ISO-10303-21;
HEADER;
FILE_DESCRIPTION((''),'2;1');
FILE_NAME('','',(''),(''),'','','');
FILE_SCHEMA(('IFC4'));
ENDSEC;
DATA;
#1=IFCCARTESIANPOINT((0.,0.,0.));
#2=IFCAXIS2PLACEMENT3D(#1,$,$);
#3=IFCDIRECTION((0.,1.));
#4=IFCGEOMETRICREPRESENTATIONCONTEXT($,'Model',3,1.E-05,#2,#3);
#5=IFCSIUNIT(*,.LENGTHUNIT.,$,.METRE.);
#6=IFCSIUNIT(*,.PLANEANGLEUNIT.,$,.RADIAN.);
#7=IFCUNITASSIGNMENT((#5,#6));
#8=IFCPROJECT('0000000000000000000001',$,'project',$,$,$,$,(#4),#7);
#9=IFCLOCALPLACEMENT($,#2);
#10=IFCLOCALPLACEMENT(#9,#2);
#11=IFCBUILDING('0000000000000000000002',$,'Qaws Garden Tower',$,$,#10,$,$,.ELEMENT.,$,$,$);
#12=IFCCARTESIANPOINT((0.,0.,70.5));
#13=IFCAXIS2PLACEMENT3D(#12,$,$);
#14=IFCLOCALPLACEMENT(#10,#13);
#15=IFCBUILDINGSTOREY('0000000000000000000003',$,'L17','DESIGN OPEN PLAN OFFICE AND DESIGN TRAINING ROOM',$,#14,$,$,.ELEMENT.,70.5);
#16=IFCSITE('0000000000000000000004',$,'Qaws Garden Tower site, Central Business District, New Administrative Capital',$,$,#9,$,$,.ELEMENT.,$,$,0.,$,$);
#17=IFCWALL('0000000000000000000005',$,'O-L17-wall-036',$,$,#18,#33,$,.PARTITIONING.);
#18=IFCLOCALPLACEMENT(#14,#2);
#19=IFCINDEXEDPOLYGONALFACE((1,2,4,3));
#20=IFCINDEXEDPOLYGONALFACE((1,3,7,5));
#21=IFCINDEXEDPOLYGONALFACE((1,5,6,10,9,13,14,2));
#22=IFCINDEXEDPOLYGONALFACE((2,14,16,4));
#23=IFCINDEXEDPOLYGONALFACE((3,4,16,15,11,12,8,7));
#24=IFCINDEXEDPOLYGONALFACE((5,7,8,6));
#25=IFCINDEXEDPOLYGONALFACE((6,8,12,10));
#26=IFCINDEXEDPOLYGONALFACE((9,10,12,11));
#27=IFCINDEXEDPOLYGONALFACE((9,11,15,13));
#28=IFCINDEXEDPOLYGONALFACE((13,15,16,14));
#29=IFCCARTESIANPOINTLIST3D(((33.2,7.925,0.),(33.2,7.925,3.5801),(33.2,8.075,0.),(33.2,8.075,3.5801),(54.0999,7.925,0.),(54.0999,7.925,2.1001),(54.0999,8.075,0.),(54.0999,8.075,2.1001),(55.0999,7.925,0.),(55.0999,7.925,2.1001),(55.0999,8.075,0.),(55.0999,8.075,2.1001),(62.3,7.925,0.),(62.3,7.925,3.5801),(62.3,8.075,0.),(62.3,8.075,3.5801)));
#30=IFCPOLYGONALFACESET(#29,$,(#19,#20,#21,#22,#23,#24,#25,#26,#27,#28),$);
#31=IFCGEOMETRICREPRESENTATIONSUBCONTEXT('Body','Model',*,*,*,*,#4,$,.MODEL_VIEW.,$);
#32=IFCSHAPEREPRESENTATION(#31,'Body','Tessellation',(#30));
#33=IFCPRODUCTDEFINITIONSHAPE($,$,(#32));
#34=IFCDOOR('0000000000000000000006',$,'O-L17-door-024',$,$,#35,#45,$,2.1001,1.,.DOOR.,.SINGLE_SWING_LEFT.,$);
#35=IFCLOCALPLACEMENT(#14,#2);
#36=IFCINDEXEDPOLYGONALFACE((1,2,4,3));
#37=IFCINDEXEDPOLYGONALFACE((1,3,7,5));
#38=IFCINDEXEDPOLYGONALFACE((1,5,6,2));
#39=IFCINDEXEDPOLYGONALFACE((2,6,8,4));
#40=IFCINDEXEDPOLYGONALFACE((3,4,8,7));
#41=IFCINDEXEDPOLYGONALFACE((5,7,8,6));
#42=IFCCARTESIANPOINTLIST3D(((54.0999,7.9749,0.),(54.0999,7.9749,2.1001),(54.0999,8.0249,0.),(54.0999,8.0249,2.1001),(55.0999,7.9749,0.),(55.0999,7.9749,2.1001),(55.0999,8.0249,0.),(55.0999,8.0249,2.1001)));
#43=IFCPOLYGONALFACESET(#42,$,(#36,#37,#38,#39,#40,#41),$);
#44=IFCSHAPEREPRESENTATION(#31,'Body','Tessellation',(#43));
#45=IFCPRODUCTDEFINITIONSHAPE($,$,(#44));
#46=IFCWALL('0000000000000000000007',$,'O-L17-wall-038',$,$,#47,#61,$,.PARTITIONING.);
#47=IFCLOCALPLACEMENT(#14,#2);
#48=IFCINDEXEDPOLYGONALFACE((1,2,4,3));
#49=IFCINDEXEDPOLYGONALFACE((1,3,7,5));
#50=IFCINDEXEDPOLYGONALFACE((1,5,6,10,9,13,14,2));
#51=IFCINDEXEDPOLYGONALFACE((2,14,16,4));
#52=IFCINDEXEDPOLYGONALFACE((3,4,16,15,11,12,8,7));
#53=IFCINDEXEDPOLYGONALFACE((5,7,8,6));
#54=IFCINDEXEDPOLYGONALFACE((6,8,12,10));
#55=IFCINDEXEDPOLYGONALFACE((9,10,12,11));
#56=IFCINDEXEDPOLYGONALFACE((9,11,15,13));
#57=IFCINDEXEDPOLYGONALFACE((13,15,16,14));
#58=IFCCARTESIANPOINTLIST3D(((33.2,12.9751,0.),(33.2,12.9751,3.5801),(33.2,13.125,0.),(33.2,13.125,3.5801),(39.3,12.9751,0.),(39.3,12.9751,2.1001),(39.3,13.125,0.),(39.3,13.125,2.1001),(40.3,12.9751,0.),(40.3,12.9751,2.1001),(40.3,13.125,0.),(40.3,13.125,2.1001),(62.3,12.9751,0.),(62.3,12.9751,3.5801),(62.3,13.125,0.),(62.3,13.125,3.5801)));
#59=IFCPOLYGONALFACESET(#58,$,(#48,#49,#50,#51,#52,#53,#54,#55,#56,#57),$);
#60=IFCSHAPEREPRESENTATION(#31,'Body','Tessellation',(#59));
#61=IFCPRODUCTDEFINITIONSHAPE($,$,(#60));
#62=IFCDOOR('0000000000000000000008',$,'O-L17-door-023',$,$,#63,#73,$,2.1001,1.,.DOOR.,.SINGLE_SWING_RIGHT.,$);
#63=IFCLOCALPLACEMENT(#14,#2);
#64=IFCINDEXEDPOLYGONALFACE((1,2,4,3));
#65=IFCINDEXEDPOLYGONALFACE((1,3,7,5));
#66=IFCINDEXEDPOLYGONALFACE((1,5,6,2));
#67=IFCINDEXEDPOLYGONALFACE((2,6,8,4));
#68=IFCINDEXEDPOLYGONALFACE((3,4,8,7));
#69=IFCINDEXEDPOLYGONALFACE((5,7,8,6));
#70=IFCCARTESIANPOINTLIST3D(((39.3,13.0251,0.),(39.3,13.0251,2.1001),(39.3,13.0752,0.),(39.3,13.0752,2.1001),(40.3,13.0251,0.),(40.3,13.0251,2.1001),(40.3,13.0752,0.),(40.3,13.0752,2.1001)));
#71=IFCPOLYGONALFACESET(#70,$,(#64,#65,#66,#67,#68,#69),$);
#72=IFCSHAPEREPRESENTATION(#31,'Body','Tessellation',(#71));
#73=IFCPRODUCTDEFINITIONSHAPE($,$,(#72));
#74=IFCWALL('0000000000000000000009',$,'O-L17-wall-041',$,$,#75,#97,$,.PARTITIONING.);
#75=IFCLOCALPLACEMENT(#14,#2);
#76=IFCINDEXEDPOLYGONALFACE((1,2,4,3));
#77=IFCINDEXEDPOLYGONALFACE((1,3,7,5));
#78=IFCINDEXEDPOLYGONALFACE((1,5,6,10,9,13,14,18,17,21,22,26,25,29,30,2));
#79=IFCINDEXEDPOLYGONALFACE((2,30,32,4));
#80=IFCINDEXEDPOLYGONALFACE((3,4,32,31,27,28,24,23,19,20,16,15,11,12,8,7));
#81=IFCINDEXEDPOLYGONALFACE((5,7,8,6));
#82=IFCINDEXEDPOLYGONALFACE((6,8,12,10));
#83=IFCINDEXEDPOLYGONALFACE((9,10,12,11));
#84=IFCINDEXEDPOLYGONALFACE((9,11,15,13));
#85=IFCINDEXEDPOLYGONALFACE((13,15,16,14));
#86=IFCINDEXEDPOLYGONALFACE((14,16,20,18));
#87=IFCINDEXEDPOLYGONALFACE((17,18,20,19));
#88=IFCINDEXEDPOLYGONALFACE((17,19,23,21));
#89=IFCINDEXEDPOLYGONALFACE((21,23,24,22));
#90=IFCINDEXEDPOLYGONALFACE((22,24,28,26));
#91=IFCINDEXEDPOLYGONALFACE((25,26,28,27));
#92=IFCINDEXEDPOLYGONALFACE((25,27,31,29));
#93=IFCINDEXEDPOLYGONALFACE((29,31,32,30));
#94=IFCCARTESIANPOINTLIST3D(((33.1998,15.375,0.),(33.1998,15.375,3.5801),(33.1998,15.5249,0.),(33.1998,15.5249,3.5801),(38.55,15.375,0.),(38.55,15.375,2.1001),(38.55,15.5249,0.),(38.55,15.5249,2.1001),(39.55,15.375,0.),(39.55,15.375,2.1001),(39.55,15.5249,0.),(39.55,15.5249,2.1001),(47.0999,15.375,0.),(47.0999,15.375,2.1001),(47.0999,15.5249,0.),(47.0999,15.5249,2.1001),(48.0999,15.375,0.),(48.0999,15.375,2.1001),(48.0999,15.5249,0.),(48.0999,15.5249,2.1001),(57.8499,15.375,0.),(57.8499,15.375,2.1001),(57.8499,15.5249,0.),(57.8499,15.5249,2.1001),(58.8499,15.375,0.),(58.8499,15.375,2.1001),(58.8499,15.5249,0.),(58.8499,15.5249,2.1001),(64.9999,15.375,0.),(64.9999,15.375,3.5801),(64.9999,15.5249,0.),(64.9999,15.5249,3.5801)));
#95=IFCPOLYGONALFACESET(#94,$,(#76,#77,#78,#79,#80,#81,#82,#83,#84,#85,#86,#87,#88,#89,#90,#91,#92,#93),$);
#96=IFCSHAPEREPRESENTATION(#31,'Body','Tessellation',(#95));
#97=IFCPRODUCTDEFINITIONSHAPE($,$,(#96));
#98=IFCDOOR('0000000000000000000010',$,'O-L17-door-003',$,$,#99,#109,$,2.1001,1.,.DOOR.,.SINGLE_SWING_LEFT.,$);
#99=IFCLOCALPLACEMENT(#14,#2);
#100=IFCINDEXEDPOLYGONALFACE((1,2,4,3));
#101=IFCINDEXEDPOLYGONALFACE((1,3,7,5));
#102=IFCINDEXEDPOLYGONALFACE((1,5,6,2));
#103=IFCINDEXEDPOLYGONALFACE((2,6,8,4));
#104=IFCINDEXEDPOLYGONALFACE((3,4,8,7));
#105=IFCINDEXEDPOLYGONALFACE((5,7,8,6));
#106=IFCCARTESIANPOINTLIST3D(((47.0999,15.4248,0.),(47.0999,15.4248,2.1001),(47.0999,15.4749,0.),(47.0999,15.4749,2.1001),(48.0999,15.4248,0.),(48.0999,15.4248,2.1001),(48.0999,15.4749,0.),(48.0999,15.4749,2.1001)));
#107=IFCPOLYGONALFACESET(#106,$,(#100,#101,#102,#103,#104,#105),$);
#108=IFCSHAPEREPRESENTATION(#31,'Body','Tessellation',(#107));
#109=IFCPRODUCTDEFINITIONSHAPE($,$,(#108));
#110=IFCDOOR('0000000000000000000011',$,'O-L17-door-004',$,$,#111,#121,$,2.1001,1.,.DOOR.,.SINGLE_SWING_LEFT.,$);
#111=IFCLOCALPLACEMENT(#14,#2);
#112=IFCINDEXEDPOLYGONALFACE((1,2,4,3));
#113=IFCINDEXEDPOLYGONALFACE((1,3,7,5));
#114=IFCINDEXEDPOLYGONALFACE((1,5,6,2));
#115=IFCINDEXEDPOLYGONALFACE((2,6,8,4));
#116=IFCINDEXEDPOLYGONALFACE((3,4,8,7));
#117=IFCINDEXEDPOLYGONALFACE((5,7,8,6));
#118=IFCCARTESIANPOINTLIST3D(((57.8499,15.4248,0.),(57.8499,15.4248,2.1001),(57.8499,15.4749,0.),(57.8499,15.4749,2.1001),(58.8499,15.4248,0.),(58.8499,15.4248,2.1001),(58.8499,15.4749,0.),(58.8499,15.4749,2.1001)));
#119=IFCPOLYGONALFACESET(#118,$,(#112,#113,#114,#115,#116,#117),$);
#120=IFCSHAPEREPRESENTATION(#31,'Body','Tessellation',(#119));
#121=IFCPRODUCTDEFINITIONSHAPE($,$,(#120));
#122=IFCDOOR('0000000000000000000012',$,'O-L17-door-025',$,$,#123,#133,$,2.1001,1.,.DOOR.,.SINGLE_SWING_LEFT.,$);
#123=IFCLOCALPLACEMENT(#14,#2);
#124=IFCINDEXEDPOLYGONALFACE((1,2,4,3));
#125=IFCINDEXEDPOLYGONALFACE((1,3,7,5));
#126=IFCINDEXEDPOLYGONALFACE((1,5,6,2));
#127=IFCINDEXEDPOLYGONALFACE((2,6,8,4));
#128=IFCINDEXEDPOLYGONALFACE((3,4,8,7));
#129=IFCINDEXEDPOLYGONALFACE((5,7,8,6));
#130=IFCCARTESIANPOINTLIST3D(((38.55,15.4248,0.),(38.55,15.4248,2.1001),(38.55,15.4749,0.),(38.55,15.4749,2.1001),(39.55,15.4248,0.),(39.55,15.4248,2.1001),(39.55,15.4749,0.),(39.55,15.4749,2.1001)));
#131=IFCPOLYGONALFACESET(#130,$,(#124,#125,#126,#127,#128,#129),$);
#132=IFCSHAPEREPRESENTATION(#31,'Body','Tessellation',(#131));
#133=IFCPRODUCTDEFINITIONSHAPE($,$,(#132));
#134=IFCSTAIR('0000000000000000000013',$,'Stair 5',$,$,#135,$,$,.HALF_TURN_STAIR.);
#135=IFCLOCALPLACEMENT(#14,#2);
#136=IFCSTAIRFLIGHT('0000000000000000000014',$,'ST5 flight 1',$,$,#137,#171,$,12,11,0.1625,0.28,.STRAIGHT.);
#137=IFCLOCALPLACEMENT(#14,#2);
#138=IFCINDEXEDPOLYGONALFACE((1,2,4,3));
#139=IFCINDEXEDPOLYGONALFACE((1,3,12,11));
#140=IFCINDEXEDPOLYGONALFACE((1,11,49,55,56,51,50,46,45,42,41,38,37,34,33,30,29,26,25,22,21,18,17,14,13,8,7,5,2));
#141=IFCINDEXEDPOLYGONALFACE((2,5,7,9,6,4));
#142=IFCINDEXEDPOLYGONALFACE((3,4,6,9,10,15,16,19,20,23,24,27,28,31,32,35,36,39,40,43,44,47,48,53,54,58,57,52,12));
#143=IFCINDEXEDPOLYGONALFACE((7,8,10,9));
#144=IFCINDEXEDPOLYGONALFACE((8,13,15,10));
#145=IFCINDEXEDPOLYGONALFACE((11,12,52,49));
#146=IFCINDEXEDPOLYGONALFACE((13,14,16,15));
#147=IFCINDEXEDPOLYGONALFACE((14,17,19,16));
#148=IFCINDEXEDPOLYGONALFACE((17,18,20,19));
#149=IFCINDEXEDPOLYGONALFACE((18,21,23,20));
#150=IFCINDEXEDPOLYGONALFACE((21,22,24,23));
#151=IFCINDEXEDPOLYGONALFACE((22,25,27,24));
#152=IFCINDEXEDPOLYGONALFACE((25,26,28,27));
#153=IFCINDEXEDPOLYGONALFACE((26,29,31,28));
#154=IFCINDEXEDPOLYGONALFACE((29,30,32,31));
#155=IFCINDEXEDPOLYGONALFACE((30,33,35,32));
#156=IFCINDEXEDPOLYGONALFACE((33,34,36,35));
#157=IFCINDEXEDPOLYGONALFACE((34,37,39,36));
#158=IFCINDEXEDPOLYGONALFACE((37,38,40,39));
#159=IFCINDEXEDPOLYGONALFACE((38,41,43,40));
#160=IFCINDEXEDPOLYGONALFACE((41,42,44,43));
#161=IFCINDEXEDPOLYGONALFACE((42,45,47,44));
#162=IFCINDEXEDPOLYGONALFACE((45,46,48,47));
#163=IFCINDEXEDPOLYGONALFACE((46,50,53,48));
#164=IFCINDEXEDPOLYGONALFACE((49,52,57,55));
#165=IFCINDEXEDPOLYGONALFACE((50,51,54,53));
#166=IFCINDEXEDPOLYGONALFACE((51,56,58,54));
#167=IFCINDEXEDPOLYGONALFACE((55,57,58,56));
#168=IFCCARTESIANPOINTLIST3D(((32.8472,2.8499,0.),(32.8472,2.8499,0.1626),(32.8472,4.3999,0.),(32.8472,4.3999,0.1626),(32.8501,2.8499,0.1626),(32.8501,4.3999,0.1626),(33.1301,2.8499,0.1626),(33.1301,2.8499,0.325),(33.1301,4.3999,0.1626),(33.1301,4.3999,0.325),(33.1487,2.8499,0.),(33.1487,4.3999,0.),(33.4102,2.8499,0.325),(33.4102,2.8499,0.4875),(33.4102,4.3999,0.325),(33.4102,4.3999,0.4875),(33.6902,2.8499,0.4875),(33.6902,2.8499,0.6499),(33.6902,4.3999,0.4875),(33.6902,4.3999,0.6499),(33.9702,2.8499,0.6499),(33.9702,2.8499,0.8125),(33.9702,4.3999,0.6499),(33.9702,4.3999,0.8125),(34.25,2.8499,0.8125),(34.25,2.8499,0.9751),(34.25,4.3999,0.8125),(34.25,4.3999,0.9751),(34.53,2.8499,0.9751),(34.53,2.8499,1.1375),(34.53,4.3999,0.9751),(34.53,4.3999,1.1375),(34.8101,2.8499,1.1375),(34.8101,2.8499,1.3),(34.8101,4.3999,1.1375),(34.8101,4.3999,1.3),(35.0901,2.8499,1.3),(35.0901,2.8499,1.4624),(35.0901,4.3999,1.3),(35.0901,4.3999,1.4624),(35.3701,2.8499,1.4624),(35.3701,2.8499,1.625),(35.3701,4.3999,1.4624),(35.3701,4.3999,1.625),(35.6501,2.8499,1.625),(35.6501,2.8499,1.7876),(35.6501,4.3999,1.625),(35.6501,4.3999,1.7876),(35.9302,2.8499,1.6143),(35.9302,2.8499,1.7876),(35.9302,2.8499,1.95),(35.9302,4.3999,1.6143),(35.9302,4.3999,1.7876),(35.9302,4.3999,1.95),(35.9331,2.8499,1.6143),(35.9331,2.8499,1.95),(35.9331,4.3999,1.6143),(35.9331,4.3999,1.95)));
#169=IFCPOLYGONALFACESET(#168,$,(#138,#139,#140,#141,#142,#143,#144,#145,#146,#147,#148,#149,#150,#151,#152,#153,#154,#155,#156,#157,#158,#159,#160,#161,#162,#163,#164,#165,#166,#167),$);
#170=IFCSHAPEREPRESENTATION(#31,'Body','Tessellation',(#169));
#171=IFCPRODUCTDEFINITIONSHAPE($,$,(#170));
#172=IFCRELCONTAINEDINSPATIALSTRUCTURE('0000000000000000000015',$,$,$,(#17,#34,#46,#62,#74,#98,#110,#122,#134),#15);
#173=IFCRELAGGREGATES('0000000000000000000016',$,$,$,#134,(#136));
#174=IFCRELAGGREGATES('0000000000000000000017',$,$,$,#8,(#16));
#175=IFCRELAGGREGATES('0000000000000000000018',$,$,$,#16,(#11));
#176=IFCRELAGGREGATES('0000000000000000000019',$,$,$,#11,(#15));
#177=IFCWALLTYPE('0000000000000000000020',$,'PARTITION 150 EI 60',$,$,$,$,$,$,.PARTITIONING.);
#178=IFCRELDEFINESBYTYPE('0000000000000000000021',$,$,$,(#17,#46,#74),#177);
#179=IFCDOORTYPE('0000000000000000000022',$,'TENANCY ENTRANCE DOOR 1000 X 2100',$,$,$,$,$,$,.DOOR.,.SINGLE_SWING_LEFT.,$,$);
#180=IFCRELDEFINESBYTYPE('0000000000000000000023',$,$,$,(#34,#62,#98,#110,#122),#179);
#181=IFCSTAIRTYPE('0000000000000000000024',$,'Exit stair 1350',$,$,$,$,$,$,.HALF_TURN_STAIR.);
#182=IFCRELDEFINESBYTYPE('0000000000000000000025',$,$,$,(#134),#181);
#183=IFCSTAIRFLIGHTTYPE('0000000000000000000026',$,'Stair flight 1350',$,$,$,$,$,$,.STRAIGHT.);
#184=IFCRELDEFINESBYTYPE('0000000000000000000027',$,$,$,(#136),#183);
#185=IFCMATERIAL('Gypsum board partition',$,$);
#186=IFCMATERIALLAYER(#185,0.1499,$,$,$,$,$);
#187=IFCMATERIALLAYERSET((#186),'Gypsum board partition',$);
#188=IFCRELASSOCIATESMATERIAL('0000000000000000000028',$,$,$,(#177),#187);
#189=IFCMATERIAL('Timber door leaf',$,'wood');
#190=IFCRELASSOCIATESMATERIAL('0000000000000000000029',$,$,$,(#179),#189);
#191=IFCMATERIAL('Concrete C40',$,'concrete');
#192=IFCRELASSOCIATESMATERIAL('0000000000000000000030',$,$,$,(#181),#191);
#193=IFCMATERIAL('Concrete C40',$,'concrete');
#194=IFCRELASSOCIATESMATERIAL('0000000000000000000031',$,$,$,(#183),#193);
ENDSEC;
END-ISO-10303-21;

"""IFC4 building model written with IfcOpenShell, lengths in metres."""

from ifc_helpers import new_model, si_unit, direction, frame, frame_2d, origin, place, context, subcontext, project, spatial, polyline, rectangle, outline, extrude, material, layer, layer_set, type_object, element, fill, aggregate, save


model = new_model("IFC4")

# Units and contexts
model_context = context("Model", 3, precision=1e-05, world=origin(), true_north=direction((0.0, 1.0)))
body_context = subcontext(model_context, "Body", "Model", "MODEL_VIEW")
ifc_project = project(units=[si_unit("LENGTHUNIT", "METRE"), si_unit("PLANEANGLEUNIT", "RADIAN")], contexts=[model_context])

# Site, building, storey
site_placement = place(None, origin())
site = spatial("IfcSite", under=ifc_project, at=site_placement, Name="Qaws Garden Tower site, Central Business District, New Administrative Capital", CompositionType="ELEMENT", RefElevation=0.0)
building_placement = place(site_placement, origin())
building = spatial("IfcBuilding", under=site, at=building_placement, Name="Qaws Garden Tower", CompositionType="ELEMENT")
storey_placement = place(building_placement, frame((0.0, 0.0, 70.5)))
storey = spatial("IfcBuildingStorey", under=building, at=storey_placement, Name="L17", Description="DESIGN OPEN PLAN OFFICE AND DESIGN TRAINING ROOM", CompositionType="ELEMENT", Elevation=70.5)

# Shared definitions
ifc_material_1 = material(Name="Gypsum board partition")
ifc_layer_1 = layer(ifc_material_1, 0.1499)
ifc_layer_set_1 = layer_set([ifc_layer_1], Name="Gypsum board partition")
wall_type_1 = type_object("IfcWallType", Name="PARTITION 150 EI 60", PredefinedType="PARTITIONING", material=ifc_layer_set_1)

# Shared definitions
ifc_material_2 = material(Name="Timber door leaf", Category="wood")
door_type_1 = type_object("IfcDoorType", Name="TENANCY ENTRANCE DOOR 1000 X 2100", OperationType="SINGLE_SWING_LEFT", PredefinedType="DOOR", material=ifc_material_2)

# Walls, openings, doors
wall_1_placement = place(storey_placement, frame((33.2, 8.0, 0.0), z_axis=(0.0, 0.0, 1.0), x_axis=(1.0, 0.0, 0.0)))
wall_1 = element("IfcWall", 1, at=wall_1_placement, inside=storey, type_object=wall_type_1, Name="O-L17-wall-036", PredefinedType="PARTITIONING", context=body_context, shape_type="SweptSolid", body=[
    extrude(rectangle(XDim=29.1001, YDim=0.1499, at=frame_2d((14.55, 0.0))), origin(), (0.0, 0.0, 1.0), 3.5801),
])
opening_1_placement = place(wall_1_placement, frame((20.8999, 0.0, 0.0)))
opening_1 = element("IfcOpeningElement", 2, at=opening_1_placement, cuts=wall_1, PredefinedType="OPENING", context=body_context, shape_type="SweptSolid", body=[
    extrude(rectangle(XDim=1.0, YDim=2.1001, at=frame_2d((0.5, 1.05))), frame((0.0, 0.085, 0.0), z_axis=(0.0, -1.0, 0.0), x_axis=(1.0, 0.0, 0.0)), (0.0, 0.0, 1.0), 0.1699),
])
door_1_placement = place(opening_1_placement, origin())
door_1 = element("IfcDoor", 3, at=door_1_placement, inside=storey, type_object=door_type_1, Name="O-L17-door-024", OperationType="SINGLE_SWING_LEFT", OverallHeight=2.1001, OverallWidth=1.0, PredefinedType="DOOR", context=body_context, shape_type="SweptSolid", body=[
    extrude(rectangle(XDim=1.0, YDim=2.1001, at=frame_2d((0.5, 1.05))), frame((0.0, 0.0249, 0.0), z_axis=(0.0, -1.0, 0.0), x_axis=(1.0, 0.0, 0.0)), (0.0, 0.0, 1.0), 0.05),
])
fill(opening_1, door_1)
wall_2_placement = place(storey_placement, frame((33.2, 13.05, 0.0), z_axis=(0.0, 0.0, 1.0), x_axis=(1.0, 0.0, 0.0)))
wall_2 = element("IfcWall", 4, at=wall_2_placement, inside=storey, type_object=wall_type_1, Name="O-L17-wall-038", PredefinedType="PARTITIONING", context=body_context, shape_type="SweptSolid", body=[
    extrude(rectangle(XDim=29.1001, YDim=0.1499, at=frame_2d((14.55, 0.0))), origin(), (0.0, 0.0, 1.0), 3.5801),
])
opening_2_placement = place(wall_2_placement, frame((6.1001, 0.0, 0.0)))
opening_2 = element("IfcOpeningElement", 5, at=opening_2_placement, cuts=wall_2, PredefinedType="OPENING", context=body_context, shape_type="SweptSolid", body=[
    extrude(rectangle(XDim=1.0, YDim=2.1001, at=frame_2d((0.5, 1.05))), frame((0.0, 0.085, 0.0), z_axis=(0.0, -1.0, 0.0), x_axis=(1.0, 0.0, 0.0)), (0.0, 0.0, 1.0), 0.1699),
])
door_2_placement = place(opening_2_placement, frame((1.0, 0.0, 0.0), z_axis=(0.0, 0.0, 1.0), x_axis=(-1.0, 0.0, 0.0)))
door_2 = element("IfcDoor", 6, at=door_2_placement, inside=storey, type_object=door_type_1, Name="O-L17-door-023", OperationType="SINGLE_SWING_RIGHT", OverallHeight=2.1001, OverallWidth=1.0, PredefinedType="DOOR", context=body_context, shape_type="SweptSolid", body=[
    extrude(rectangle(XDim=1.0, YDim=2.1001, at=frame_2d((0.5, 1.05))), frame((0.0, 0.0249, 0.0), z_axis=(0.0, -1.0, 0.0), x_axis=(1.0, 0.0, 0.0)), (0.0, 0.0, 1.0), 0.05),
])
fill(opening_2, door_2)

# Wall, openings, doors
wall_3_placement = place(storey_placement, frame((33.2, 15.45, 0.0), z_axis=(0.0, 0.0, 1.0), x_axis=(1.0, 0.0, 0.0)))
wall_3 = element("IfcWall", 7, at=wall_3_placement, inside=storey, type_object=wall_type_1, Name="O-L17-wall-041", PredefinedType="PARTITIONING", context=body_context, shape_type="SweptSolid", body=[
    extrude(rectangle(XDim=31.8, YDim=0.1499, at=frame_2d((15.8999, 0.0))), origin(), (0.0, 0.0, 1.0), 3.5801),
])
opening_3_placement = place(wall_3_placement, frame((13.8999, 0.0, 0.0)))
opening_3 = element("IfcOpeningElement", 8, at=opening_3_placement, cuts=wall_3, PredefinedType="OPENING", context=body_context, shape_type="SweptSolid", body=[
    extrude(rectangle(XDim=1.0, YDim=2.1001, at=frame_2d((0.5, 1.05))), frame((0.0, 0.085, 0.0), z_axis=(0.0, -1.0, 0.0), x_axis=(1.0, 0.0, 0.0)), (0.0, 0.0, 1.0), 0.1699),
])
opening_4_placement = place(wall_3_placement, frame((24.6499, 0.0, 0.0)))
opening_4 = element("IfcOpeningElement", 9, at=opening_4_placement, cuts=wall_3, PredefinedType="OPENING", context=body_context, shape_type="SweptSolid", body=[
    extrude(rectangle(XDim=1.0, YDim=2.1001, at=frame_2d((0.5, 1.05))), frame((0.0, 0.085, 0.0), z_axis=(0.0, -1.0, 0.0), x_axis=(1.0, 0.0, 0.0)), (0.0, 0.0, 1.0), 0.1699),
])
opening_5_placement = place(wall_3_placement, frame((5.3501, 0.0, 0.0)))
opening_5 = element("IfcOpeningElement", 10, at=opening_5_placement, cuts=wall_3, PredefinedType="OPENING", context=body_context, shape_type="SweptSolid", body=[
    extrude(rectangle(XDim=1.0, YDim=2.1001, at=frame_2d((0.5, 1.05))), frame((0.0, 0.085, 0.0), z_axis=(0.0, -1.0, 0.0), x_axis=(1.0, 0.0, 0.0)), (0.0, 0.0, 1.0), 0.1699),
])
door_3_placement = place(opening_3_placement, origin())
door_3 = element("IfcDoor", 11, at=door_3_placement, inside=storey, type_object=door_type_1, Name="O-L17-door-003", OperationType="SINGLE_SWING_LEFT", OverallHeight=2.1001, OverallWidth=1.0, PredefinedType="DOOR", context=body_context, shape_type="SweptSolid", body=[
    extrude(rectangle(XDim=1.0, YDim=2.1001, at=frame_2d((0.5, 1.05))), frame((0.0, 0.0249, 0.0), z_axis=(0.0, -1.0, 0.0), x_axis=(1.0, 0.0, 0.0)), (0.0, 0.0, 1.0), 0.05),
])
fill(opening_3, door_3)
door_4_placement = place(opening_4_placement, origin())
door_4 = element("IfcDoor", 12, at=door_4_placement, inside=storey, type_object=door_type_1, Name="O-L17-door-004", OperationType="SINGLE_SWING_LEFT", OverallHeight=2.1001, OverallWidth=1.0, PredefinedType="DOOR", context=body_context, shape_type="SweptSolid", body=[
    extrude(rectangle(XDim=1.0, YDim=2.1001, at=frame_2d((0.5, 1.05))), frame((0.0, 0.0249, 0.0), z_axis=(0.0, -1.0, 0.0), x_axis=(1.0, 0.0, 0.0)), (0.0, 0.0, 1.0), 0.05),
])
fill(opening_4, door_4)
door_5_placement = place(opening_5_placement, origin())
door_5 = element("IfcDoor", 13, at=door_5_placement, inside=storey, type_object=door_type_1, Name="O-L17-door-025", OperationType="SINGLE_SWING_LEFT", OverallHeight=2.1001, OverallWidth=1.0, PredefinedType="DOOR", context=body_context, shape_type="SweptSolid", body=[
    extrude(rectangle(XDim=1.0, YDim=2.1001, at=frame_2d((0.5, 1.05))), frame((0.0, 0.0249, 0.0), z_axis=(0.0, -1.0, 0.0), x_axis=(1.0, 0.0, 0.0)), (0.0, 0.0, 1.0), 0.05),
])
fill(opening_5, door_5)

# Stair, stair flight
ifc_material_3 = material(Name="Concrete C40", Category="concrete")
stair_type = type_object("IfcStairType", Name="Exit stair 1350", PredefinedType="HALF_TURN_STAIR", material=ifc_material_3)
stair_placement = place(storey_placement, origin())
stair = element("IfcStair", 14, at=stair_placement, inside=storey, type_object=stair_type, Name="Stair 5", PredefinedType="HALF_TURN_STAIR")
ifc_material_4 = material(Name="Concrete C40", Category="concrete")
stair_flight_type = type_object("IfcStairFlightType", Name="Stair flight 1350", PredefinedType="STRAIGHT", material=ifc_material_4)
stair_flight_1_placement = place(storey_placement, frame((32.8501, 3.625, 0.0), z_axis=(0.0, 0.0, 1.0), x_axis=(1.0, 0.0, 0.0)))
stair_flight_1 = element("IfcStairFlight", 15, at=stair_flight_1_placement, type_object=stair_flight_type, Name="ST5 flight 1", NumberOfRisers=12, NumberOfTreads=11, PredefinedType="STRAIGHT", RiserHeight=0.1625, TreadLength=0.28, context=body_context, shape_type="SweptSolid", body=[
    extrude(outline(polyline([(-0.0029, 0.0), (-0.0029, 0.1626), (0.0, 0.1626), (0.28, 0.1626), (0.28, 0.325), (0.5601, 0.325), (0.5601, 0.4875), (0.8401, 0.4875), (0.8401, 0.6499), (1.1201, 0.6499), (1.1201, 0.8125), (1.3999, 0.8125), (1.3999, 0.9751), (1.6799, 0.9751), (1.6799, 1.1375), (1.96, 1.1375), (1.96, 1.3), (2.24, 1.3), (2.24, 1.4624), (2.52, 1.4624), (2.52, 1.625), (2.8, 1.625), (2.8, 1.7876), (3.0801, 1.7876), (3.0801, 1.95), (3.083, 1.95), (3.083, 1.6143), (3.0801, 1.6143), (0.2986, 0.0), (-0.0029, 0.0)])), frame((0.0, 0.7749, 0.0), z_axis=(0.0, -1.0, 0.0), x_axis=(1.0, 0.0, 0.0)), (0.0, 0.0, 1.0), 1.55),
])
aggregate(stair, [stair_flight_1])

save(model, "model.ifc")
